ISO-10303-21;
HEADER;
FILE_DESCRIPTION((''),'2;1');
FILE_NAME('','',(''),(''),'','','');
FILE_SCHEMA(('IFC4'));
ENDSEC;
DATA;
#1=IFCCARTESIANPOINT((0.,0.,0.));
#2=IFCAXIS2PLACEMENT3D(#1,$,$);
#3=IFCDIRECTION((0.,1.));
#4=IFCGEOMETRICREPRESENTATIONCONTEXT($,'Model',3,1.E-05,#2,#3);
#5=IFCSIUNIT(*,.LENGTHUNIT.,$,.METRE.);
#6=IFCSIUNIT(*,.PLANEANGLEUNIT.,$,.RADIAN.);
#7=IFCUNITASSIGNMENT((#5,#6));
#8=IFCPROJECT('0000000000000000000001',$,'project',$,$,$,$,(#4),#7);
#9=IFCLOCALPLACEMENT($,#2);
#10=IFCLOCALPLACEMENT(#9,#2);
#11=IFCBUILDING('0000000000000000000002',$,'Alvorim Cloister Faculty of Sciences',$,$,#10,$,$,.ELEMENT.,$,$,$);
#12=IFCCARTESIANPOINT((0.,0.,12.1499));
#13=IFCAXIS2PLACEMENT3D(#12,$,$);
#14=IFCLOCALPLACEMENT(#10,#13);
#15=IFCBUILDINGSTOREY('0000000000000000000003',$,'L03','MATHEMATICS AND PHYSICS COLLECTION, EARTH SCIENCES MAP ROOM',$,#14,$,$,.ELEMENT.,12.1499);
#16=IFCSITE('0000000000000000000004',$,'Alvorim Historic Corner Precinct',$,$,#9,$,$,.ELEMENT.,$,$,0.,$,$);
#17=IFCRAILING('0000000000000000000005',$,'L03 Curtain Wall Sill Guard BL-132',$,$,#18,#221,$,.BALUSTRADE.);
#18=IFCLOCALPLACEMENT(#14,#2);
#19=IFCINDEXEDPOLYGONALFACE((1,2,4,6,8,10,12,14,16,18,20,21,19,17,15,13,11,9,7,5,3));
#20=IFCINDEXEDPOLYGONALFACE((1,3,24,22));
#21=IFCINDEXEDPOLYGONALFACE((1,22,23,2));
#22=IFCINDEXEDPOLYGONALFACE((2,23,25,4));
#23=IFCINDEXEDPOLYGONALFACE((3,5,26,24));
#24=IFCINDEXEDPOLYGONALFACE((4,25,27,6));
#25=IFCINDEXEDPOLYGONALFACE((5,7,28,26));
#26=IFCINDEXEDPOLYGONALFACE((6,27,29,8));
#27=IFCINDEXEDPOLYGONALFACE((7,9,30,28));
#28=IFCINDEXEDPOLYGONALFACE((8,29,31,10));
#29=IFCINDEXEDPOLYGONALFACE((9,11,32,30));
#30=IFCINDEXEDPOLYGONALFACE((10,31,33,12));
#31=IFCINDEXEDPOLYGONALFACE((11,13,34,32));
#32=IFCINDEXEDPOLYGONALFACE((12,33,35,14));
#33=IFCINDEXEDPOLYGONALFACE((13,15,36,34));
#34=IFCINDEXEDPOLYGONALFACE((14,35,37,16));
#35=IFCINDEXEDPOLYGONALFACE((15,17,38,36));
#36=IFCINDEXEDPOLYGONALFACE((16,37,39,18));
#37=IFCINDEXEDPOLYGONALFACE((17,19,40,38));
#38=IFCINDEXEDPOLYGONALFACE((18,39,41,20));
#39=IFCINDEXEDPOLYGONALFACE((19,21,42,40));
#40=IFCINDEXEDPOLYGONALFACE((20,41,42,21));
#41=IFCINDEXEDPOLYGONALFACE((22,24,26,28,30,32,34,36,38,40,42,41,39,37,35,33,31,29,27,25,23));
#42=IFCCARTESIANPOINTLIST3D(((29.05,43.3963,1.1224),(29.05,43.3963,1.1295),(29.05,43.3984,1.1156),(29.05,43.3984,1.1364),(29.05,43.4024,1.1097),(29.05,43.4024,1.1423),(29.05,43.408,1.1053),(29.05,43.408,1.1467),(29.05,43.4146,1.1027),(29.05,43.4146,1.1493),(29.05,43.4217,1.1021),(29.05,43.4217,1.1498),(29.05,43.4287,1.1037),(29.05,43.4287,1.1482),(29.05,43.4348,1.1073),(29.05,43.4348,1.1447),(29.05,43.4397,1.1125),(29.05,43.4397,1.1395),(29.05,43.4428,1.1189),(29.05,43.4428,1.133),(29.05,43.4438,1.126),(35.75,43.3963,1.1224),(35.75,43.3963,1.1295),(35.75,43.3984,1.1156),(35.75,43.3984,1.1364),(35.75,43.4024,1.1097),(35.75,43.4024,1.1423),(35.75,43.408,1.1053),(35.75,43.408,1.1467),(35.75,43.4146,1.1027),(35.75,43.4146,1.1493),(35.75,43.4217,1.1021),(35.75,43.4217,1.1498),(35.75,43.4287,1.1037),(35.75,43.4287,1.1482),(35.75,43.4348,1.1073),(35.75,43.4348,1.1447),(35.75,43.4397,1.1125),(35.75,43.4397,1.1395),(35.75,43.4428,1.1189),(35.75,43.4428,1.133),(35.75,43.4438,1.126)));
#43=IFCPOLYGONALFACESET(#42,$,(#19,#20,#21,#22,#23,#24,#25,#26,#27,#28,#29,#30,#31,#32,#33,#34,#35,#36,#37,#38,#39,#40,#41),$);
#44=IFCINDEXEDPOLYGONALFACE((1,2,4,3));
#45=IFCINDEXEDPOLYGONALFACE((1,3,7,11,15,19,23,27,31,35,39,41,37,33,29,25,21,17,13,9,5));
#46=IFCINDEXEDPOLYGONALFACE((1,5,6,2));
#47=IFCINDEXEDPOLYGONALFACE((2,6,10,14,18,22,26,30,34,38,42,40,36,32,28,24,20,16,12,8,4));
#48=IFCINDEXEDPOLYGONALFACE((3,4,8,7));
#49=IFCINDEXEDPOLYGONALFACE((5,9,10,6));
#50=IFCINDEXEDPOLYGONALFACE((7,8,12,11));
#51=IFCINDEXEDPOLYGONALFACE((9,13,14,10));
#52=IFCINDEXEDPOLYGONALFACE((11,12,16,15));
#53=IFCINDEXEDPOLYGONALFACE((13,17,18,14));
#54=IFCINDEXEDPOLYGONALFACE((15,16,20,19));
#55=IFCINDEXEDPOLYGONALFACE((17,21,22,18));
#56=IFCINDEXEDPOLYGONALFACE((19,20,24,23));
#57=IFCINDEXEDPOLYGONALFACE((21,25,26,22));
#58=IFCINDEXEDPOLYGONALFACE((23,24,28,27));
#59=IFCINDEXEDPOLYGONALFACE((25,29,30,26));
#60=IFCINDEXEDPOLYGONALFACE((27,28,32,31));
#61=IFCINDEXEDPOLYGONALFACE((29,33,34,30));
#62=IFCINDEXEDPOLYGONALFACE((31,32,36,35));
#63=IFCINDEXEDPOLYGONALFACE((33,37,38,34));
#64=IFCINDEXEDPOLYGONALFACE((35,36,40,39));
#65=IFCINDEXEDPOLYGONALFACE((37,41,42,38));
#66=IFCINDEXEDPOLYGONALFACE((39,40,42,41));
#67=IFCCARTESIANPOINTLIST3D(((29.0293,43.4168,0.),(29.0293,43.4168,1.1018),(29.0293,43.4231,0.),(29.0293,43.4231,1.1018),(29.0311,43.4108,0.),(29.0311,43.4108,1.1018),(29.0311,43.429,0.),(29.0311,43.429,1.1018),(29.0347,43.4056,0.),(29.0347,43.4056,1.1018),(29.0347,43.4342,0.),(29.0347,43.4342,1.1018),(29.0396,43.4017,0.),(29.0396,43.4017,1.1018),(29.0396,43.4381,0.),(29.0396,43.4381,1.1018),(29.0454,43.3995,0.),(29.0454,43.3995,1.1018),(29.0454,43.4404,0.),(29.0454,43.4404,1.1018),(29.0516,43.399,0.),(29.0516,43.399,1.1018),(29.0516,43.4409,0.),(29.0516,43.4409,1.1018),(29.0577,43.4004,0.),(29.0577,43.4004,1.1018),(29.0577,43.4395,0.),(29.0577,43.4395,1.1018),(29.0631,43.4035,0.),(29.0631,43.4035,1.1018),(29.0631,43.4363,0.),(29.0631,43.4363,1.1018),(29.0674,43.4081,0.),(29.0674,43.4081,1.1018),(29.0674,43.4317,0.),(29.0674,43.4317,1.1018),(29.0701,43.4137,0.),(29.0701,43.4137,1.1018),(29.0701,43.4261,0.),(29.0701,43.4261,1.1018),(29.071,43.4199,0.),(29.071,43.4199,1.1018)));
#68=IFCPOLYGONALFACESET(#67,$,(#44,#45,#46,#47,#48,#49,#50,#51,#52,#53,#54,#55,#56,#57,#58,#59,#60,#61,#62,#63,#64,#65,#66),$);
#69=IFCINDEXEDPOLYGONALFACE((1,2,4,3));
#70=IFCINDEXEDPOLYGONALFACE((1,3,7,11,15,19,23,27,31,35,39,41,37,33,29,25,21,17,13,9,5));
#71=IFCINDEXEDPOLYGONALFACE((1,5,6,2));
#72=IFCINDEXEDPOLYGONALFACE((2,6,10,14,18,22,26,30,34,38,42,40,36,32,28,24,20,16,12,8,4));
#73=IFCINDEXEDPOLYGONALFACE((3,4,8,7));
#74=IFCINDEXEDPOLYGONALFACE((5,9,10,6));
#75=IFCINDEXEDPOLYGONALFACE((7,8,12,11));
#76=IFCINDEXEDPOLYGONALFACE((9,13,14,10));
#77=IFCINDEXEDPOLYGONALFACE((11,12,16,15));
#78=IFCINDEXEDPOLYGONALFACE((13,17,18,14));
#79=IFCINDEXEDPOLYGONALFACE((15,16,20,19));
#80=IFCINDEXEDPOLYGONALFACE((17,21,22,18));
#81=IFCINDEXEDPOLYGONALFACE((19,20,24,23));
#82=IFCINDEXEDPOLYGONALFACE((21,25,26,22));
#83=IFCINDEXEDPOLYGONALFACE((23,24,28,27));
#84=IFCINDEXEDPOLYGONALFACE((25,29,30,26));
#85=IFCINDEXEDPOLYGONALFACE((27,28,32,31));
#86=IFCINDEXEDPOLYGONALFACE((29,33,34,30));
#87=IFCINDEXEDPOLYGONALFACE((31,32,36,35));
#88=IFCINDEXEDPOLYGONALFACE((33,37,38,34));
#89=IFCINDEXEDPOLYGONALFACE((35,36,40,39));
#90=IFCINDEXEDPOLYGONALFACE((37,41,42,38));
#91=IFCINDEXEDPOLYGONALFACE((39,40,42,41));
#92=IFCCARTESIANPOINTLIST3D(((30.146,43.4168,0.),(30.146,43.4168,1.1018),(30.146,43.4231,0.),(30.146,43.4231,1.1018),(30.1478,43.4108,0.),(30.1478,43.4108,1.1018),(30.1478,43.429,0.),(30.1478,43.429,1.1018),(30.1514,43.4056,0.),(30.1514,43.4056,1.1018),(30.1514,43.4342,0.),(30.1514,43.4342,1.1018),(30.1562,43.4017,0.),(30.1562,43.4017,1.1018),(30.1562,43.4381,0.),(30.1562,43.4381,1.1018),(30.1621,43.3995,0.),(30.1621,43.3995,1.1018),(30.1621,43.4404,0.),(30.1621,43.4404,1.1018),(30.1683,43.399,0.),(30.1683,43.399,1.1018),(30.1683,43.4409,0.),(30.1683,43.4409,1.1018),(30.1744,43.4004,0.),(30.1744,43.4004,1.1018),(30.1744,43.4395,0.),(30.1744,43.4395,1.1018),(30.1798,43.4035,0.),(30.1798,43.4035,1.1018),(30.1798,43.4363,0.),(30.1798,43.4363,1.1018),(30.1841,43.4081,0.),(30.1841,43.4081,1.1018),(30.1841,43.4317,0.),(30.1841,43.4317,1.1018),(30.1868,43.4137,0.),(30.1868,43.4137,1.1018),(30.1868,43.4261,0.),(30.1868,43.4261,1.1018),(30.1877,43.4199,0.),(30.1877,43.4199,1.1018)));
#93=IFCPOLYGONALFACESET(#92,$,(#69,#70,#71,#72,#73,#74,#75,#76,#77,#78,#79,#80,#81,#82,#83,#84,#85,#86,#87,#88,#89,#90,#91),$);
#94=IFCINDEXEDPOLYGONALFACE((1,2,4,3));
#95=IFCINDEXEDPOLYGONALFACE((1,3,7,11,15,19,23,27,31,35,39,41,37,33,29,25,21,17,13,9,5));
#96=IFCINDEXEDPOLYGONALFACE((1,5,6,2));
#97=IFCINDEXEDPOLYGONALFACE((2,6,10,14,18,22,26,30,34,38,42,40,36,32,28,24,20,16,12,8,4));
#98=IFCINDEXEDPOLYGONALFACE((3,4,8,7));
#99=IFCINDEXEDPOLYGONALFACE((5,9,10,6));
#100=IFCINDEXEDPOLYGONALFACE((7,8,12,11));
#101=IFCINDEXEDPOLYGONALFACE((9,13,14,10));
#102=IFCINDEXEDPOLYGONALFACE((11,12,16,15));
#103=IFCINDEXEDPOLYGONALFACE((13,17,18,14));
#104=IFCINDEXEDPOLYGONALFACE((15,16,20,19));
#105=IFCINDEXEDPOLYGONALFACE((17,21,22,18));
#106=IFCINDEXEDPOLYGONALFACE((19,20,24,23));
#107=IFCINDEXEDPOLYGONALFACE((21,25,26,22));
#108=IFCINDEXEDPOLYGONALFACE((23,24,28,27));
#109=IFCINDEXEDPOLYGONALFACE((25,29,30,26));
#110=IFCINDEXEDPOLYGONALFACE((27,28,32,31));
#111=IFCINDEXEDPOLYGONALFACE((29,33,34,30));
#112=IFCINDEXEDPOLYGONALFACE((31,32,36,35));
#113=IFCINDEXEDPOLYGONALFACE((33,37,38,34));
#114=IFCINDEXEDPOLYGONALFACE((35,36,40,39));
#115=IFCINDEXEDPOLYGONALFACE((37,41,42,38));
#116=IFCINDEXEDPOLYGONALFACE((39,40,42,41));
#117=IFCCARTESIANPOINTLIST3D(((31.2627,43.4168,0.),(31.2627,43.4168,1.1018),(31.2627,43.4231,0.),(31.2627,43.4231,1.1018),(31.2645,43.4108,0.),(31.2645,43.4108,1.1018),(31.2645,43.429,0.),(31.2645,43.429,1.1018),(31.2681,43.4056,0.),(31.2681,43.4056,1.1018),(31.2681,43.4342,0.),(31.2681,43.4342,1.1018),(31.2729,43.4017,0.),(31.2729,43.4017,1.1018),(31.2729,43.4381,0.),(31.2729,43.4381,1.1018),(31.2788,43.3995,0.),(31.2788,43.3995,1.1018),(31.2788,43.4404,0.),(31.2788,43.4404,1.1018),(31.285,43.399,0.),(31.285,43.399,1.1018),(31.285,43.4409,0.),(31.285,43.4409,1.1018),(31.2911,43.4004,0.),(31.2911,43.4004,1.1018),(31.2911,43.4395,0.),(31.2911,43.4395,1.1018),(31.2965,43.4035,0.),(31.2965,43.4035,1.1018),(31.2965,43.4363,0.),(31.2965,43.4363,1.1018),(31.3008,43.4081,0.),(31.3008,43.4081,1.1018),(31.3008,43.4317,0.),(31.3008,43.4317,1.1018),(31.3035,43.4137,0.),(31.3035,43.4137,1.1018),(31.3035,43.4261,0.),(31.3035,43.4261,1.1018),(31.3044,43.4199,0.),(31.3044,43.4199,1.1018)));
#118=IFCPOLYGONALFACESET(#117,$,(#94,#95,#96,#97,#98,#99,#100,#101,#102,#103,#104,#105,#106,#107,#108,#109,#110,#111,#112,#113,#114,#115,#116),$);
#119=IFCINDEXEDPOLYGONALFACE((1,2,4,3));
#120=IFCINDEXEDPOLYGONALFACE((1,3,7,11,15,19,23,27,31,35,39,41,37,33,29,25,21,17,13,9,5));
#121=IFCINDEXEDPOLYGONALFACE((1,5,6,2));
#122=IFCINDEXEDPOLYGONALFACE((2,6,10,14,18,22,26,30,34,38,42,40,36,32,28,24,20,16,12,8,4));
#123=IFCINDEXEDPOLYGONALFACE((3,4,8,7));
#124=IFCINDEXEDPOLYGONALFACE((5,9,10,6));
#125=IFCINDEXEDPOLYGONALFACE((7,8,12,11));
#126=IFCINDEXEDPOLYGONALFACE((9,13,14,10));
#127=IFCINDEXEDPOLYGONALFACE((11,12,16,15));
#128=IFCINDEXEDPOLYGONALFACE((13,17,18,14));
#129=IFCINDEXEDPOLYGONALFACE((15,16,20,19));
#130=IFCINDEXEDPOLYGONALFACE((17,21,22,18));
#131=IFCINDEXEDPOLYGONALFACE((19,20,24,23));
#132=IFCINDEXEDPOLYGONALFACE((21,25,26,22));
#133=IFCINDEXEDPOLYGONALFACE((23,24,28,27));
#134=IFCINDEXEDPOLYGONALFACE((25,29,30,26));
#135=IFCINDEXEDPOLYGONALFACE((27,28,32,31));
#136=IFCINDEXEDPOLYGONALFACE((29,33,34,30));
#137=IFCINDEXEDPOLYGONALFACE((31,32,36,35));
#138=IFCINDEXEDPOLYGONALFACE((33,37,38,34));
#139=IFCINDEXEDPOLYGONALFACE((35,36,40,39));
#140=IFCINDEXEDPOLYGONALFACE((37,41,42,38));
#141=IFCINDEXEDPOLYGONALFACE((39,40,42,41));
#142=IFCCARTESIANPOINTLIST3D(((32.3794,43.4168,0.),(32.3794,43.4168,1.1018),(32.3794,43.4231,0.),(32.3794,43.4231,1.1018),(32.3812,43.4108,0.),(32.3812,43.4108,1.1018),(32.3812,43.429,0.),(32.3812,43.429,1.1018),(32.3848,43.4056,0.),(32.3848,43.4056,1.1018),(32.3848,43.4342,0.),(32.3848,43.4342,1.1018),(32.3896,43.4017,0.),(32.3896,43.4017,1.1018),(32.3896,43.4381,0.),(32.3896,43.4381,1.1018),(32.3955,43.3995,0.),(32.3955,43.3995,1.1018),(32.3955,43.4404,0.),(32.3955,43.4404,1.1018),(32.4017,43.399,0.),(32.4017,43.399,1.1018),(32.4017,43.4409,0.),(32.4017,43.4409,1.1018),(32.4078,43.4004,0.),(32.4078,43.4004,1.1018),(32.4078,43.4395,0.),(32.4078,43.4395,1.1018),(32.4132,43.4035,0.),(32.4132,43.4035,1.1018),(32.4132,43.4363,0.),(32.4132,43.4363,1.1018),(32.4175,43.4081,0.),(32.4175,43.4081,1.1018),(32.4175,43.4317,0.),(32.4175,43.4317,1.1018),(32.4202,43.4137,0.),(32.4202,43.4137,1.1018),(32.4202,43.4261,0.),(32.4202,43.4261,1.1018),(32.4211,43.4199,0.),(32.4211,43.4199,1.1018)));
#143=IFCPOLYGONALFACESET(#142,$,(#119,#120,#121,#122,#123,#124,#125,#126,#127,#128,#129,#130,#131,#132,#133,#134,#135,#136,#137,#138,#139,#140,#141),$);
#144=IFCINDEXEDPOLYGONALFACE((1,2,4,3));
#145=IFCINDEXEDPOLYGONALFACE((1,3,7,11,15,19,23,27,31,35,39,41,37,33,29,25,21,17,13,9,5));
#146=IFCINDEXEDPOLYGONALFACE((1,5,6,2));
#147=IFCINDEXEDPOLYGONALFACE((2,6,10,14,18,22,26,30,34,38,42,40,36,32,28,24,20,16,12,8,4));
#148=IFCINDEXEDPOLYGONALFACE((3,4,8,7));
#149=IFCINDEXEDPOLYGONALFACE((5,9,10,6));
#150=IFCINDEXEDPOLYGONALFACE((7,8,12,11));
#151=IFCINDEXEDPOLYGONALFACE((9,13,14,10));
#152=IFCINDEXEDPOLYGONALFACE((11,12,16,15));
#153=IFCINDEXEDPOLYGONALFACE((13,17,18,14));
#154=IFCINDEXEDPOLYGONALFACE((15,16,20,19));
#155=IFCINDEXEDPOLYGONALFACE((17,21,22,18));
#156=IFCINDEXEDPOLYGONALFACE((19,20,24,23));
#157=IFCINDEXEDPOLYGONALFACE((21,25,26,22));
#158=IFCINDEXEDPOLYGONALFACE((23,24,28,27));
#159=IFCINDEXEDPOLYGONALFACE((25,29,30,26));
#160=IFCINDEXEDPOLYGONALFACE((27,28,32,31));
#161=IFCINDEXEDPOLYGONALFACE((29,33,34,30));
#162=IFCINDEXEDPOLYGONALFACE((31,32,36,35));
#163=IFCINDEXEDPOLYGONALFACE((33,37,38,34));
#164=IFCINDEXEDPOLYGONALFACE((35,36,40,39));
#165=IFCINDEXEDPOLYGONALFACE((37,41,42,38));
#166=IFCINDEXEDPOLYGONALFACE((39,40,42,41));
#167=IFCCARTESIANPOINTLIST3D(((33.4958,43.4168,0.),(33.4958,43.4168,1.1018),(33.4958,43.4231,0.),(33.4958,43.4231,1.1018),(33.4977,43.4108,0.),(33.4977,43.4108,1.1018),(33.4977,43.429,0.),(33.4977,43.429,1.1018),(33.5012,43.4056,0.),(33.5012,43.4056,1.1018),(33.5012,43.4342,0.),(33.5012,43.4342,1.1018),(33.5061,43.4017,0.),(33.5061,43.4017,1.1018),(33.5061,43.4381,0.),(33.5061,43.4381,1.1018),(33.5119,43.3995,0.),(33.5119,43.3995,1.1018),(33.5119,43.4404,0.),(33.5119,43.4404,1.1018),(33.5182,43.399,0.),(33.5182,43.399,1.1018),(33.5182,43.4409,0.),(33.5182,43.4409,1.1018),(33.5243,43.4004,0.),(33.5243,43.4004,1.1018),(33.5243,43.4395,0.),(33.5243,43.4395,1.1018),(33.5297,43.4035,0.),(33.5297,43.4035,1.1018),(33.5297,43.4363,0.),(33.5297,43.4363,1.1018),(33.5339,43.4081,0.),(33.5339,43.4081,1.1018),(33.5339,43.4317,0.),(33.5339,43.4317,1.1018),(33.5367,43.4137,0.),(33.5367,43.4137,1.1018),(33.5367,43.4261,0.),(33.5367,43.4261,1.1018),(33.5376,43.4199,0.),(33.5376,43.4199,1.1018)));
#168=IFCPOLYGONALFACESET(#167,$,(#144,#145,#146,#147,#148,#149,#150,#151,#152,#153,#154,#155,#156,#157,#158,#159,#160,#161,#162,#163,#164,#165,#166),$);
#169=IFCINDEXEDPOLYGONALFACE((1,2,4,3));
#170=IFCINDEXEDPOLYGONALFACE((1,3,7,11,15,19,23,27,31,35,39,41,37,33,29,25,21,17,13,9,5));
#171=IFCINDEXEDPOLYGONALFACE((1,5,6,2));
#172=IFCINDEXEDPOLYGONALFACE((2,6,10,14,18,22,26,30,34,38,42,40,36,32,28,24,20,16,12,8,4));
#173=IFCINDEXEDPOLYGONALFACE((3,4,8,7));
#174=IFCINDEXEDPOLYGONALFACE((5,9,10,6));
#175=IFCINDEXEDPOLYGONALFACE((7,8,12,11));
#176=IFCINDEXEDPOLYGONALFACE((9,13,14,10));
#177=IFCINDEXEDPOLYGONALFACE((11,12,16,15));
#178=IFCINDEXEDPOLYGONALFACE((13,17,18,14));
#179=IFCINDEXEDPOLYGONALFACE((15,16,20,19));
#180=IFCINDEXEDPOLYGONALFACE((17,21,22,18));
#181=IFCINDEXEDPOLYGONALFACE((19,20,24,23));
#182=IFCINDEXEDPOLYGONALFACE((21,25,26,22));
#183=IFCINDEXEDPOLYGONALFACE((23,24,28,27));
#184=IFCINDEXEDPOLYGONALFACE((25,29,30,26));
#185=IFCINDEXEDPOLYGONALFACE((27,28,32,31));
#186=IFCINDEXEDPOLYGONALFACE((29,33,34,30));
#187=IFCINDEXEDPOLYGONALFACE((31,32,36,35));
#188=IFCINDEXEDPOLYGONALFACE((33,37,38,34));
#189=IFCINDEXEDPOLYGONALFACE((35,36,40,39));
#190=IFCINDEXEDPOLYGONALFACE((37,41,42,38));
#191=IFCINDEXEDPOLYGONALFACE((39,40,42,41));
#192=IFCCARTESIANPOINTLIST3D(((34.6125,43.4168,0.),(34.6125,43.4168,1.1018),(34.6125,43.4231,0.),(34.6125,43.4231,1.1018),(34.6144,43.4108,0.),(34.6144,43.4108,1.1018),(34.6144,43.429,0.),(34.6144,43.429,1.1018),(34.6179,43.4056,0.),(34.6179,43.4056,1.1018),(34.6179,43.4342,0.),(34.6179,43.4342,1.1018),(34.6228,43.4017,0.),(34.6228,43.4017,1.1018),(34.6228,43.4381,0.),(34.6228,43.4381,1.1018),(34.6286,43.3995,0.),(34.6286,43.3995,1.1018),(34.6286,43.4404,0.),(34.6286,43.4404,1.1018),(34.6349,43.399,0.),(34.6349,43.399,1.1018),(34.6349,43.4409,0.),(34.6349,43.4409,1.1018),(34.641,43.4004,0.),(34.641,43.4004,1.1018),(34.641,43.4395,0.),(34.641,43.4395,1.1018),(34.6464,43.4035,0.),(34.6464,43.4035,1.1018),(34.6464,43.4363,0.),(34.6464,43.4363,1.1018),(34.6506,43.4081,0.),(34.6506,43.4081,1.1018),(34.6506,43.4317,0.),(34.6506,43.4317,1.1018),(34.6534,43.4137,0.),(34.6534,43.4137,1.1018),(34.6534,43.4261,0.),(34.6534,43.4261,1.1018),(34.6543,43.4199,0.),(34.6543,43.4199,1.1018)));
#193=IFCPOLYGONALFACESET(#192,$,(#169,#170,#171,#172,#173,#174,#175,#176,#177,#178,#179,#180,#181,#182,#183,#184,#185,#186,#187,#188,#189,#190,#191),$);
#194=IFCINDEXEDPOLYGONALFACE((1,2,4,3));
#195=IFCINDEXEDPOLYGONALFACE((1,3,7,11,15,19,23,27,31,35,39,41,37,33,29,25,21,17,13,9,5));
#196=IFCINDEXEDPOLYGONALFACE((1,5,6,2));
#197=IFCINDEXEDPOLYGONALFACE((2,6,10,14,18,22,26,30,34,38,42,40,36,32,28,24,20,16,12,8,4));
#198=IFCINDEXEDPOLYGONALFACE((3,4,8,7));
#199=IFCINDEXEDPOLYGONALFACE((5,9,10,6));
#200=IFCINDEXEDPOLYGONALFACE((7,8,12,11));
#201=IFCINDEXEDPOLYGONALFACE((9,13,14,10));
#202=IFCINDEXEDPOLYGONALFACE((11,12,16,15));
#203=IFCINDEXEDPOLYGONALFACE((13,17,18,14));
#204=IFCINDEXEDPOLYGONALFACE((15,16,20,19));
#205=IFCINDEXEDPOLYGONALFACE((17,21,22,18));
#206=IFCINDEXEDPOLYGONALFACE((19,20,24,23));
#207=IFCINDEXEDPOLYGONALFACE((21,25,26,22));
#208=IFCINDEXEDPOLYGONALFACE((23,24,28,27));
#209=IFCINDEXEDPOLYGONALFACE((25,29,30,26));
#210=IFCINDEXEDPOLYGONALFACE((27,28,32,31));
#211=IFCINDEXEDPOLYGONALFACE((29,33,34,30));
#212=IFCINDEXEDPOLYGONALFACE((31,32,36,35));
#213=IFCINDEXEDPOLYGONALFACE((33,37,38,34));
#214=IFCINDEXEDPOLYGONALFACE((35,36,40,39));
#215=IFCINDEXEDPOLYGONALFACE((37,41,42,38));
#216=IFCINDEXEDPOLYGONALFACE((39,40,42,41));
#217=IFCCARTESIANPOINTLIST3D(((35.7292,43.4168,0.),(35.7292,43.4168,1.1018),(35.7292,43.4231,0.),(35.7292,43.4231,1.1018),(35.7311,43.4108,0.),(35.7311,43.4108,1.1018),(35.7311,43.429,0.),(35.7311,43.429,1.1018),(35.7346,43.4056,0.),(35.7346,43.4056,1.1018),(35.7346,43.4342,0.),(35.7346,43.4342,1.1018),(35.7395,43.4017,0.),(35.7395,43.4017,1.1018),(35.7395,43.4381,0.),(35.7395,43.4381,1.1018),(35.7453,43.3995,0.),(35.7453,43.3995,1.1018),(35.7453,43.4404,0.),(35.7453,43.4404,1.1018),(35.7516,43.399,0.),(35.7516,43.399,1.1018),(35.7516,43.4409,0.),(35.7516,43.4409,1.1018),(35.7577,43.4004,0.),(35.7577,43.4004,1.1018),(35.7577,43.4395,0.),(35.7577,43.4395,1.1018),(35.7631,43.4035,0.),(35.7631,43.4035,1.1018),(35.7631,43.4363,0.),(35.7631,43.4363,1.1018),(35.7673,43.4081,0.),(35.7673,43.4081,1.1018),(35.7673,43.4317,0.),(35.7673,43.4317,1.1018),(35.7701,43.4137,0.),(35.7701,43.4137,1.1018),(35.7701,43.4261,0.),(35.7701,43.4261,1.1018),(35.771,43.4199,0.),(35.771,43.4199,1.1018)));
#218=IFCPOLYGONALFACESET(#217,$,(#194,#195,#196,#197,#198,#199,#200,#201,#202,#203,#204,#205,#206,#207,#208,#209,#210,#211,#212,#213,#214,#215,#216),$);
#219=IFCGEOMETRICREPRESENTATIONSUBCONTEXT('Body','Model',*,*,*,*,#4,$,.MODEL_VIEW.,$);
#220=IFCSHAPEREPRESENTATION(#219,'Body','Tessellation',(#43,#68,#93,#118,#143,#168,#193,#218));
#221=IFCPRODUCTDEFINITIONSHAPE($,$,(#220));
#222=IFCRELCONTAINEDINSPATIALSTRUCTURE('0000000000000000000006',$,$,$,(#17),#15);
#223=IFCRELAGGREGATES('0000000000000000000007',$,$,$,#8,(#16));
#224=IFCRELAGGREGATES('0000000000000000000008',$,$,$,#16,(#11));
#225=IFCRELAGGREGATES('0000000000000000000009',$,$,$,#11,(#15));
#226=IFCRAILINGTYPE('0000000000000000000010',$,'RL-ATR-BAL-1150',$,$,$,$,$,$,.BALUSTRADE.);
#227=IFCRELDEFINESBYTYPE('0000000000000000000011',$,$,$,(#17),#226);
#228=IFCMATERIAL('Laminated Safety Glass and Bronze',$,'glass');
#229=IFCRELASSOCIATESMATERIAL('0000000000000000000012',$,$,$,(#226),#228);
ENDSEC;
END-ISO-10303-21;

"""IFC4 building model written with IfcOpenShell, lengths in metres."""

from ifc_helpers import new_model, si_unit, direction, frame, origin, origin_2d, place, context, subcontext, project, spatial, circle, extrude, material, type_object, element, save


model = new_model("IFC4")

# Units and contexts
model_context = context("Model", 3, precision=1e-05, world=origin(), true_north=direction((0.0, 1.0)))
body_context = subcontext(model_context, "Body", "Model", "MODEL_VIEW")
ifc_project = project(units=[si_unit("LENGTHUNIT", "METRE"), si_unit("PLANEANGLEUNIT", "RADIAN")], contexts=[model_context])

# Site, building, storey
site_placement = place(None, origin())
site = spatial("IfcSite", under=ifc_project, at=site_placement, Name="Alvorim Historic Corner Precinct", CompositionType="ELEMENT", RefElevation=0.0)
building_placement = place(site_placement, origin())
building = spatial("IfcBuilding", under=site, at=building_placement, Name="Alvorim Cloister Faculty of Sciences", CompositionType="ELEMENT")
storey_placement = place(building_placement, frame((0.0, 0.0, 12.1499)))
storey = spatial("IfcBuildingStorey", under=building, at=storey_placement, Name="L03", Description="MATHEMATICS AND PHYSICS COLLECTION, EARTH SCIENCES MAP ROOM", CompositionType="ELEMENT", Elevation=12.1499)

# Railing
ifc_material_1 = material(Name="Laminated Safety Glass and Bronze", Category="glass")
railing_type = type_object("IfcRailingType", Name="RL-ATR-BAL-1150", PredefinedType="BALUSTRADE", material=ifc_material_1)
railing_placement = place(storey_placement, frame((29.05, 43.4199, 0.0)))
element("IfcRailing", 1, at=railing_placement, inside=storey, type_object=railing_type, Name="L03 Curtain Wall Sill Guard BL-132", PredefinedType="BALUSTRADE", context=body_context, shape_type="SweptSolid", body=[
    extrude(circle(Radius=0.0239, at=origin_2d()), frame((0.0, 0.0, 1.126), z_axis=(1.0, 0.0, 0.0), x_axis=(0.0, 1.0, 0.0)), (0.0, 0.0, 1.0), 6.7),
    extrude(circle(Radius=0.021, at=origin_2d()), origin(), (0.0, 0.0, 1.0), 1.1018),
    extrude(circle(Radius=0.021, at=origin_2d()), frame((1.1167, 0.0, 0.0)), (0.0, 0.0, 1.0), 1.1018),
    extrude(circle(Radius=0.021, at=origin_2d()), frame((2.2334, 0.0, 0.0)), (0.0, 0.0, 1.0), 1.1018),
    extrude(circle(Radius=0.021, at=origin_2d()), frame((3.3501, 0.0, 0.0)), (0.0, 0.0, 1.0), 1.1018),
    extrude(circle(Radius=0.021, at=origin_2d()), frame((4.4666, 0.0, 0.0)), (0.0, 0.0, 1.0), 1.1018),
    extrude(circle(Radius=0.021, at=origin_2d()), frame((5.5833, 0.0, 0.0)), (0.0, 0.0, 1.0), 1.1018),
    extrude(circle(Radius=0.021, at=origin_2d()), frame((6.7, 0.0, 0.0)), (0.0, 0.0, 1.0), 1.1018),
])

save(model, "model.ifc")
